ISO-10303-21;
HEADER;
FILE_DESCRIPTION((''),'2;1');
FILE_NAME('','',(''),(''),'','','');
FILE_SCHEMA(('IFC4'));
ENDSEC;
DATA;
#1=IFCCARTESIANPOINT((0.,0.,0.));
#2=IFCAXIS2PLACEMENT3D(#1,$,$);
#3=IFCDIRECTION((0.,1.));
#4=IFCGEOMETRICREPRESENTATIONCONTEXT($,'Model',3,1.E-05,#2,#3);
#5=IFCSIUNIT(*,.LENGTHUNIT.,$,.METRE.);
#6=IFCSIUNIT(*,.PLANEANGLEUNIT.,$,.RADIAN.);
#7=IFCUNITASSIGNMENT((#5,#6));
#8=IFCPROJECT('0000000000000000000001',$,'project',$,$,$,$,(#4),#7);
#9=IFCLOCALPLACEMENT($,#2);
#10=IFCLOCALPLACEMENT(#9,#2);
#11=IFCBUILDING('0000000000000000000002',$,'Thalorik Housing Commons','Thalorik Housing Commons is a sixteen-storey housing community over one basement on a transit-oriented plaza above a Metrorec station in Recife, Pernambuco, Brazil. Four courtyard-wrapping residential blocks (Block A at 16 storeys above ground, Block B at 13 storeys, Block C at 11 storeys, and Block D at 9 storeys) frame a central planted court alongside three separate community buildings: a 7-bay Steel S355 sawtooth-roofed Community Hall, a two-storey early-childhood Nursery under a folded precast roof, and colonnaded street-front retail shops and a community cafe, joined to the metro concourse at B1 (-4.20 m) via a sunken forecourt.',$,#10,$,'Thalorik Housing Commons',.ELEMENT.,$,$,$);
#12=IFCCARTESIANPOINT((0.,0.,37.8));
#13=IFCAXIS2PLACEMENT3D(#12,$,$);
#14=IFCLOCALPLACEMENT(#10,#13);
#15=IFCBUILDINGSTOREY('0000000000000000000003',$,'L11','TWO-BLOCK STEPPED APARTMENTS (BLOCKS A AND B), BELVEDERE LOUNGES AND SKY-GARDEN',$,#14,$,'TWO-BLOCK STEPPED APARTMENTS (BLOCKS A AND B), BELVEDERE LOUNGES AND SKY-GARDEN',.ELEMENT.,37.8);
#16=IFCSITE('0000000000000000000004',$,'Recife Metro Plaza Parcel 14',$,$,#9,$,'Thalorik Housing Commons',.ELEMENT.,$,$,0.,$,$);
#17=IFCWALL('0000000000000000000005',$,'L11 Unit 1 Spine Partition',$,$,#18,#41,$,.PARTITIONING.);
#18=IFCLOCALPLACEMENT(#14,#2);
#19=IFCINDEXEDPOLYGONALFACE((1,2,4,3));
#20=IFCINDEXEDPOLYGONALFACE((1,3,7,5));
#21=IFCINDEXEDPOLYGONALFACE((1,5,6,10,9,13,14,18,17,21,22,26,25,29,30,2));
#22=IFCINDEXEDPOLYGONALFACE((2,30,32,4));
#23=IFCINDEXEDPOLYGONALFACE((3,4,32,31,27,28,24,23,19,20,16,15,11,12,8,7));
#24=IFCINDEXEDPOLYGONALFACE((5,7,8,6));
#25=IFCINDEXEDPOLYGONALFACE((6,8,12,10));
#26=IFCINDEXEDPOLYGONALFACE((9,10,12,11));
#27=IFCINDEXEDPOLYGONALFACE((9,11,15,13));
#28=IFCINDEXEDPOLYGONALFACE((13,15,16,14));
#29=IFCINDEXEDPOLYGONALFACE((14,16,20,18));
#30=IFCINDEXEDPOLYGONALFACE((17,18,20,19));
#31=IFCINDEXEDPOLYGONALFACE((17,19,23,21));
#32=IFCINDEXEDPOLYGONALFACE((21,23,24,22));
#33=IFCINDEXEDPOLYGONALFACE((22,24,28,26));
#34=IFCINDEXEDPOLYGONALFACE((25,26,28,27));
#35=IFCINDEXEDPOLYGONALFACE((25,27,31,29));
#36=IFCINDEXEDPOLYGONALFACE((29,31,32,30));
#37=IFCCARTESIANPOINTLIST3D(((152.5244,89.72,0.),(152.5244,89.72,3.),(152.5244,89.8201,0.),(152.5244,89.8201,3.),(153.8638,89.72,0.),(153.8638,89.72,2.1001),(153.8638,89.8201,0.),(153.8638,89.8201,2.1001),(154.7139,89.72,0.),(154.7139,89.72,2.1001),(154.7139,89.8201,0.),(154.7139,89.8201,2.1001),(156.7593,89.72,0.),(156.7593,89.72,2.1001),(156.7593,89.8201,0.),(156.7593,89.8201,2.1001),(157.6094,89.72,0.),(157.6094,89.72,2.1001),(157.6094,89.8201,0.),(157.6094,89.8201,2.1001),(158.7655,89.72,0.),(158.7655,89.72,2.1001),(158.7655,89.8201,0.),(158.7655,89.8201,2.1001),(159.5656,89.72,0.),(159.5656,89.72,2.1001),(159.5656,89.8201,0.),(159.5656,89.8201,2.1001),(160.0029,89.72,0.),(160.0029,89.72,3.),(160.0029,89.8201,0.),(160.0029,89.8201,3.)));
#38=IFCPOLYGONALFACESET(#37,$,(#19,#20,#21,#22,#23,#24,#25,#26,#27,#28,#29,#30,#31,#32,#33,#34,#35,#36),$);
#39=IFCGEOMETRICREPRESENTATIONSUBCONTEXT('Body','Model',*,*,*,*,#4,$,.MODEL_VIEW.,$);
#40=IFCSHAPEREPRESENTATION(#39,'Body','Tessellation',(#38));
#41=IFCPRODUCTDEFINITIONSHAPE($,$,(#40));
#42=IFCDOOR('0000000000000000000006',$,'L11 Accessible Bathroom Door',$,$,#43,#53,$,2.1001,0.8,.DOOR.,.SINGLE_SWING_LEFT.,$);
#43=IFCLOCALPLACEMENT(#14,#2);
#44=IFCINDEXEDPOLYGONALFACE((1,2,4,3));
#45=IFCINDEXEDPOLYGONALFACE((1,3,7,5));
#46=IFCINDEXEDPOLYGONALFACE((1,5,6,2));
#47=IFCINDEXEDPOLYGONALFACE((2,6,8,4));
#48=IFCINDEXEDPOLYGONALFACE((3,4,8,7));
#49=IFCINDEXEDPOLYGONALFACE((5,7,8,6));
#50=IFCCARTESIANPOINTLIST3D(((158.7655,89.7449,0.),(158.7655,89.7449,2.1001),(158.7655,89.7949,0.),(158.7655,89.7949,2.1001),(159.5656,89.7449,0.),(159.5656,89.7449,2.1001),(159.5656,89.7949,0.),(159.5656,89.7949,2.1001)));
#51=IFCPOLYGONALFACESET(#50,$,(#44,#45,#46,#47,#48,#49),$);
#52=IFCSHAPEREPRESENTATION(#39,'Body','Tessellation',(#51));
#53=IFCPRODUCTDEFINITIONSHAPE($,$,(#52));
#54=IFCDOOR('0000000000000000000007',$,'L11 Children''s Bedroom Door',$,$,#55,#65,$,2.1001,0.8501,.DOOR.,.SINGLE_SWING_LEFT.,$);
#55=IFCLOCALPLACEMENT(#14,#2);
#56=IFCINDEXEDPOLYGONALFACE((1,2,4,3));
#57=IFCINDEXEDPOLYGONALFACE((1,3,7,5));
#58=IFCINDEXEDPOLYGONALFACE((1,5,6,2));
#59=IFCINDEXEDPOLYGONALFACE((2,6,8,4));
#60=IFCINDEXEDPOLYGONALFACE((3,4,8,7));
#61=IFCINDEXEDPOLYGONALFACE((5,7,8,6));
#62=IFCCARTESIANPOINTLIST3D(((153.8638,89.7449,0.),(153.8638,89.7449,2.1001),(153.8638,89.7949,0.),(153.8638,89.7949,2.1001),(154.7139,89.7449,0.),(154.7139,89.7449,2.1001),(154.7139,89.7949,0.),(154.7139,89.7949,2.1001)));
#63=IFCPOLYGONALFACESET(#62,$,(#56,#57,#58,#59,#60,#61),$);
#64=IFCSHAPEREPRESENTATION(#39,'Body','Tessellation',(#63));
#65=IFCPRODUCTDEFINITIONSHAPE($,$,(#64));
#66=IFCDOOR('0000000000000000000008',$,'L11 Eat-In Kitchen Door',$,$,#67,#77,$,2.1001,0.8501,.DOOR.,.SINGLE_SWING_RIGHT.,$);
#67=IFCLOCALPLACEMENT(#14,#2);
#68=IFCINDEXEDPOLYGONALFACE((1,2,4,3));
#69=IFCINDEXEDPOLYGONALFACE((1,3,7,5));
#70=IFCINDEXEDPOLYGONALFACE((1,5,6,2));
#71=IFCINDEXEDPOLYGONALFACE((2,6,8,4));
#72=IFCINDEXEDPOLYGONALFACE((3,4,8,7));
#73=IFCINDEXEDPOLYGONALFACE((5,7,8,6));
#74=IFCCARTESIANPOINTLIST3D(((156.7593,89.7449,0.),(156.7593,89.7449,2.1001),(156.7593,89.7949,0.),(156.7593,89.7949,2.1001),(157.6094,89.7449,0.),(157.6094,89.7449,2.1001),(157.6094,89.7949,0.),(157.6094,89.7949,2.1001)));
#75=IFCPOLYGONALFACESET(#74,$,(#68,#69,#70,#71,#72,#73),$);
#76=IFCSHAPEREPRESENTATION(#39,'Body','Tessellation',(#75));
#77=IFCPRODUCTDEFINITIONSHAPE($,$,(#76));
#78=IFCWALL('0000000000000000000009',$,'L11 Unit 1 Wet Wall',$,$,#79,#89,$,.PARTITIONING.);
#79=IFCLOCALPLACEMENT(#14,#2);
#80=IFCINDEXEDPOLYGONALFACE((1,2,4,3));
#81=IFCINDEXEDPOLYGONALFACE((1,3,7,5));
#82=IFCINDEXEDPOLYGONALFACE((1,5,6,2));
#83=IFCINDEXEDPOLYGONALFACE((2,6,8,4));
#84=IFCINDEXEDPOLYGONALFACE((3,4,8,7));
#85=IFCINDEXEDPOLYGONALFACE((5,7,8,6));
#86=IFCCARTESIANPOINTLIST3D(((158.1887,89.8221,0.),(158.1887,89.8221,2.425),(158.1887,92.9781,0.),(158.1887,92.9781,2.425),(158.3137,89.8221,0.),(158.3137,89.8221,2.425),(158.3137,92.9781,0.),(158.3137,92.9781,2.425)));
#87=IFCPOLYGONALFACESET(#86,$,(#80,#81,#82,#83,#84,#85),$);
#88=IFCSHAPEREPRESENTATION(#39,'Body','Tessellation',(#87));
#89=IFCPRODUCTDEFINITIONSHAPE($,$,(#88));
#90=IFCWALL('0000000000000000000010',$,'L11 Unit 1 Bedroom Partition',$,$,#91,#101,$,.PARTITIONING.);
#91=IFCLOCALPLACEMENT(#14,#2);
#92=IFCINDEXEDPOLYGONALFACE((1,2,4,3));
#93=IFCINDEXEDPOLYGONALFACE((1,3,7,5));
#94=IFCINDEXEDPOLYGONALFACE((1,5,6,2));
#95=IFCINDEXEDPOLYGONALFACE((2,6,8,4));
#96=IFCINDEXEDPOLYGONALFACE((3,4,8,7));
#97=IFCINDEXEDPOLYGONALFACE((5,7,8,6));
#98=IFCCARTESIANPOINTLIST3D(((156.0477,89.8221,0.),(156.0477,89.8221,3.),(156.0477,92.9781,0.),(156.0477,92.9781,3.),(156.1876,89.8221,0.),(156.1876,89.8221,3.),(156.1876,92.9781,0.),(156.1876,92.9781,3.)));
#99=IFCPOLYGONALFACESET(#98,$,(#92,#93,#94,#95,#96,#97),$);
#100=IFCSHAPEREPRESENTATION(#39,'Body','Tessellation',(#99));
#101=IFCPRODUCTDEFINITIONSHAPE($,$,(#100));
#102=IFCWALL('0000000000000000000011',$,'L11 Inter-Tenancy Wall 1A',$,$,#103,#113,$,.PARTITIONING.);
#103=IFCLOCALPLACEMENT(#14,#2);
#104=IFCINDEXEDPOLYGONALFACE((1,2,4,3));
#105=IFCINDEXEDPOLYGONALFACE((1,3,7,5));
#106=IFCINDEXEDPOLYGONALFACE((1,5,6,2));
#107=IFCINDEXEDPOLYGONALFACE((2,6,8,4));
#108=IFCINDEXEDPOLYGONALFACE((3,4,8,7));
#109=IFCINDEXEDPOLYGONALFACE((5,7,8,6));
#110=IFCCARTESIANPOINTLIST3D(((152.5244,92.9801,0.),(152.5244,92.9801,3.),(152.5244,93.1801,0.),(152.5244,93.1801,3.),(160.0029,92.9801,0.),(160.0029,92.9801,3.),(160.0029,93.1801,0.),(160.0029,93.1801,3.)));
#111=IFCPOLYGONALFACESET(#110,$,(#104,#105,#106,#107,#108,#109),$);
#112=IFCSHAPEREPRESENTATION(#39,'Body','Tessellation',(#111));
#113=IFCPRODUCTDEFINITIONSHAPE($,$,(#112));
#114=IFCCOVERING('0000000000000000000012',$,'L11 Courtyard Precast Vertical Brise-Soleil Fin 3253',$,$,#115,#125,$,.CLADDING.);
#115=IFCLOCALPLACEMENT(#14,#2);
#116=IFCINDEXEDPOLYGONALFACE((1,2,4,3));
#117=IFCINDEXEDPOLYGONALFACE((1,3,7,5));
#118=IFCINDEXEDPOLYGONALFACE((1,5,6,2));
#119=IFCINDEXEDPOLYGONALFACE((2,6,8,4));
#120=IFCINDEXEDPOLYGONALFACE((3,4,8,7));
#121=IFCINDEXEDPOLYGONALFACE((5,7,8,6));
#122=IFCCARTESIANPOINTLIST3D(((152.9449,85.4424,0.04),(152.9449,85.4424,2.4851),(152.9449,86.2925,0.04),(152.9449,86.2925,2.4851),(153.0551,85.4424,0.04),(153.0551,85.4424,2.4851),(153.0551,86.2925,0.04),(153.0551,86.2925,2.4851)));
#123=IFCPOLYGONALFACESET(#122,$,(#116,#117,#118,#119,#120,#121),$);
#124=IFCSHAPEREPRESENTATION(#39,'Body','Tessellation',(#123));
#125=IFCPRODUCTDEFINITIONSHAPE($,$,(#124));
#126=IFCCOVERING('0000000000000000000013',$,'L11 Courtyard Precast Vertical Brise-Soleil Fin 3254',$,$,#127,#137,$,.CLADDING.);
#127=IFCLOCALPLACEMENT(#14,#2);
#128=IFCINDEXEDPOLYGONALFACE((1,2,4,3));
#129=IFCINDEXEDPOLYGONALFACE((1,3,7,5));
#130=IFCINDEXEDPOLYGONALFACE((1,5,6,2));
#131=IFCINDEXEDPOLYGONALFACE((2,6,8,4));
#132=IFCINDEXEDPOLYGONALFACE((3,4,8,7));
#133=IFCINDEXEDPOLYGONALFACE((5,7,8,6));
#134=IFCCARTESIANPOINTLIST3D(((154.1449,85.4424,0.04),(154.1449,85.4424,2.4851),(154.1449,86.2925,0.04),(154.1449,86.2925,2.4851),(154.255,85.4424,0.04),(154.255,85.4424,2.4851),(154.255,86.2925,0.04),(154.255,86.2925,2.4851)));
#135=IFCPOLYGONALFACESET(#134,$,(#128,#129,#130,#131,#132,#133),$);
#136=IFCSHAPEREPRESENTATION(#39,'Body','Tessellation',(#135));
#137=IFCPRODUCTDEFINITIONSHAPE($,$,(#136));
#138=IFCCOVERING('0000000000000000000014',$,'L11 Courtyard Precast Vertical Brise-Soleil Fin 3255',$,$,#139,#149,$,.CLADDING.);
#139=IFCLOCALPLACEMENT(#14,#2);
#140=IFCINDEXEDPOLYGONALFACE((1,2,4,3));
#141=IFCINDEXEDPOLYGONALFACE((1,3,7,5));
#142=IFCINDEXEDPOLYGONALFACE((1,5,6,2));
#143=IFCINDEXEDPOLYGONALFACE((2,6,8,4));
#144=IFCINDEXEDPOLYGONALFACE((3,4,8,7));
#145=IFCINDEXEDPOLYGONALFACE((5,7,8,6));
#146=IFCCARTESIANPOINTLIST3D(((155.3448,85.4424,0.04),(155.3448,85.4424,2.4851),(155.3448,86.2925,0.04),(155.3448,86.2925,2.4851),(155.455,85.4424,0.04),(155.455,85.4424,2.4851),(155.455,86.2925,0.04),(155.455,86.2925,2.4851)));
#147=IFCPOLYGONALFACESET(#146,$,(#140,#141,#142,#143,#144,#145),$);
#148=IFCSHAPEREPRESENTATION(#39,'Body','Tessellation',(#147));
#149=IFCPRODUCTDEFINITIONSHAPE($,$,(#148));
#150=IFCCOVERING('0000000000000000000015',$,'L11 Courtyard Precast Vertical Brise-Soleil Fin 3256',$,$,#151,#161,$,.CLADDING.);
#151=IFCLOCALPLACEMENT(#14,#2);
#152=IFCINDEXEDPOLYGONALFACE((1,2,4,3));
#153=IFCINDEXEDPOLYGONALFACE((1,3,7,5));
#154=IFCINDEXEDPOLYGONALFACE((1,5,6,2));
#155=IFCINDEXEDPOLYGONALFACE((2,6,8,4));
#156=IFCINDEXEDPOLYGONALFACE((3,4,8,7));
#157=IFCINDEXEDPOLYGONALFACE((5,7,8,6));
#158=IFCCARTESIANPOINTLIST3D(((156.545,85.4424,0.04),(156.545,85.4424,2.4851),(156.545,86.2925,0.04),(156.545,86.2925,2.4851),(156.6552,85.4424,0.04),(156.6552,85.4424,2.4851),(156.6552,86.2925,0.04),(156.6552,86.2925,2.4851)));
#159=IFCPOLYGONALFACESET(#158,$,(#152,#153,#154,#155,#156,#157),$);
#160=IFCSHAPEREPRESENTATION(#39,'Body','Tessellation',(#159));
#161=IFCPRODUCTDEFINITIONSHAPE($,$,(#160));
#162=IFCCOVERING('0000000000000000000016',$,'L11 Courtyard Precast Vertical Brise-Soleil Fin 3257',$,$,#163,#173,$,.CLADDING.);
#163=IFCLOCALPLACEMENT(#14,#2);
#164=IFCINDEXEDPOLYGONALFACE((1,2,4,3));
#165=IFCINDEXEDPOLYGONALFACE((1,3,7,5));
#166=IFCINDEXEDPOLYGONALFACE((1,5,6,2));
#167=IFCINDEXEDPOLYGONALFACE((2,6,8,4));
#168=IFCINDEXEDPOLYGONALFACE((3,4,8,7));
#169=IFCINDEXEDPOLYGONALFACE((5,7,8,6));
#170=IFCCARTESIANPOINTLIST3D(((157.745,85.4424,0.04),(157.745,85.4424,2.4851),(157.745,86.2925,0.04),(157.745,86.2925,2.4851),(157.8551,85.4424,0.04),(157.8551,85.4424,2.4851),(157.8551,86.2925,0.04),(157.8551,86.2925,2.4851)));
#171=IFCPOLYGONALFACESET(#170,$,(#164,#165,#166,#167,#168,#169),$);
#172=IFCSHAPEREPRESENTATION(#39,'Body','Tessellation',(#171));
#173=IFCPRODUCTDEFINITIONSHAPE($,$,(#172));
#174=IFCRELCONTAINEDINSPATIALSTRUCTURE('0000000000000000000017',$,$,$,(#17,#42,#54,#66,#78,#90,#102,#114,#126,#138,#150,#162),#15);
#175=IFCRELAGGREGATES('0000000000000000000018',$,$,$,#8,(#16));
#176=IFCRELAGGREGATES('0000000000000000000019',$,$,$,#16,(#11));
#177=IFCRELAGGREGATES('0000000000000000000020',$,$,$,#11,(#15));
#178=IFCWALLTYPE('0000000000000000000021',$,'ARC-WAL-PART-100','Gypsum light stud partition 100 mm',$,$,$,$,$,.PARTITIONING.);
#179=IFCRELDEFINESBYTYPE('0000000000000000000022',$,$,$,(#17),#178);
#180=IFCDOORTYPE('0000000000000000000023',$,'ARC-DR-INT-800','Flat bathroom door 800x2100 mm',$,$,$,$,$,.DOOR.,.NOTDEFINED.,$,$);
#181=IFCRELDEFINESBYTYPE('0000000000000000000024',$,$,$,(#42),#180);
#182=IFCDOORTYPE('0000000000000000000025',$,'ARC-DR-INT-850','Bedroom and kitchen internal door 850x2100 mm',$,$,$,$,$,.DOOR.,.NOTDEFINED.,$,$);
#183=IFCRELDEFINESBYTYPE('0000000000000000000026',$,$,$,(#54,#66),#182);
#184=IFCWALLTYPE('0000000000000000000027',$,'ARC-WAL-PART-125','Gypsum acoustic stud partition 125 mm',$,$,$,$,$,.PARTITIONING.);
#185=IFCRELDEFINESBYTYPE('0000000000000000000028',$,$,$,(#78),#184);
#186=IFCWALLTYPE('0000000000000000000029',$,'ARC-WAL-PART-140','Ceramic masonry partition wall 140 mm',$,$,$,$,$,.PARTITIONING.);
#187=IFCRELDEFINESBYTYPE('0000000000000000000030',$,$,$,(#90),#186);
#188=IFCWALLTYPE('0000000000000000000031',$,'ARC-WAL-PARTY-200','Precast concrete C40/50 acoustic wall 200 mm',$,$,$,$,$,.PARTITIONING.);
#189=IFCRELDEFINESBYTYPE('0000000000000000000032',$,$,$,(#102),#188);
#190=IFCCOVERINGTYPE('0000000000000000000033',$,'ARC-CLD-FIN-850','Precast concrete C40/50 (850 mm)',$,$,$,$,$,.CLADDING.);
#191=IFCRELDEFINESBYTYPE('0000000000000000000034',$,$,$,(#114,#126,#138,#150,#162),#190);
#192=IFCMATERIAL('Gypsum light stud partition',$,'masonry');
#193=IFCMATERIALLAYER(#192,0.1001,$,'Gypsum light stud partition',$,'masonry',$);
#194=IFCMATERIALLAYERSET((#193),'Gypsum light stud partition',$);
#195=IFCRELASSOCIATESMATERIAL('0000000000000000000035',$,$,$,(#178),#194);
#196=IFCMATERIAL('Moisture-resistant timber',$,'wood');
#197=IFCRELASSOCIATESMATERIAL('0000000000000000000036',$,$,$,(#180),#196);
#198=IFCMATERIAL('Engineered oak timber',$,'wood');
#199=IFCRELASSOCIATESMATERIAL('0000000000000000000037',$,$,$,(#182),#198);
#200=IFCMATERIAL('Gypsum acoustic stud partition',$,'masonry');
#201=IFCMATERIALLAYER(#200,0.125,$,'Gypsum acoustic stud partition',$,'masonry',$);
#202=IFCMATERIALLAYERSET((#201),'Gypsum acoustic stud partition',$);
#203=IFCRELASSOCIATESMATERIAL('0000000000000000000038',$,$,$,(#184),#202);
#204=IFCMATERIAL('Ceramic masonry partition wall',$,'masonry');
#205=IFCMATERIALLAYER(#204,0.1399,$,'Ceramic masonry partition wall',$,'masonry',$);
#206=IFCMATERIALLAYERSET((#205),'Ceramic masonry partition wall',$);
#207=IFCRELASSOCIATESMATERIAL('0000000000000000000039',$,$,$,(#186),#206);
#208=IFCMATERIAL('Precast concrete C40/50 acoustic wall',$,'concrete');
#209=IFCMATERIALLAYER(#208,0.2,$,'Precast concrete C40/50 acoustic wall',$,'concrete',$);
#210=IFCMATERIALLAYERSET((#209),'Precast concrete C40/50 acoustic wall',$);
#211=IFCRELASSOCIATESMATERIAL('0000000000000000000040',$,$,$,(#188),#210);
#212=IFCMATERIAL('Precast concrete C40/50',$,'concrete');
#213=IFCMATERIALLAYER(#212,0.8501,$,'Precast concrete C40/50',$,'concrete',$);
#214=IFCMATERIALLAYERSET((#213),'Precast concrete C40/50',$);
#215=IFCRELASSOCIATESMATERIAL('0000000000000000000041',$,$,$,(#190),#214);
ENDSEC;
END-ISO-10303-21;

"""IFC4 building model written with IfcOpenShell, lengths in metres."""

from ifc_helpers import new_model, si_unit, direction, frame, frame_2d, origin, origin_2d, place, context, subcontext, project, spatial, rectangle, extrude, material, layer, layer_set, type_object, element, fill, save


model = new_model("IFC4")

# Units and contexts
model_context = context("Model", 3, precision=1e-05, world=origin(), true_north=direction((0.0, 1.0)))
body_context = subcontext(model_context, "Body", "Model", "MODEL_VIEW")
ifc_project = project(units=[si_unit("LENGTHUNIT", "METRE"), si_unit("PLANEANGLEUNIT", "RADIAN")], contexts=[model_context])

# Site, building, storey
site_placement = place(None, origin())
site = spatial("IfcSite", under=ifc_project, at=site_placement, Name="Recife Metro Plaza Parcel 14", LongName="Thalorik Housing Commons", CompositionType="ELEMENT", RefElevation=0.0)
building_placement = place(site_placement, origin())
building = spatial("IfcBuilding", under=site, at=building_placement, Name="Thalorik Housing Commons", Description="Thalorik Housing Commons is a sixteen-storey housing community over one basement on a transit-oriented plaza above a Metrorec station in Recife, Pernambuco, Brazil. Four courtyard-wrapping residential blocks (Block A at 16 storeys above ground, Block B at 13 storeys, Block C at 11 storeys, and Block D at 9 storeys) frame a central planted court alongside three separate community buildings: a 7-bay Steel S355 sawtooth-roofed Community Hall, a two-storey early-childhood Nursery under a folded precast roof, and colonnaded street-front retail shops and a community cafe, joined to the metro concourse at B1 (-4.20 m) via a sunken forecourt.", LongName="Thalorik Housing Commons", CompositionType="ELEMENT")
storey_placement = place(building_placement, frame((0.0, 0.0, 37.8)))
storey = spatial("IfcBuildingStorey", under=building, at=storey_placement, Name="L11", Description="TWO-BLOCK STEPPED APARTMENTS (BLOCKS A AND B), BELVEDERE LOUNGES AND SKY-GARDEN", LongName="TWO-BLOCK STEPPED APARTMENTS (BLOCKS A AND B), BELVEDERE LOUNGES AND SKY-GARDEN", CompositionType="ELEMENT", Elevation=37.8)

# Shared definitions
ifc_material_1 = material(Name="Precast concrete C40/50", Category="concrete")

# Wall, openings, doors
ifc_material_2 = material(Name="Gypsum light stud partition", Category="masonry")
ifc_layer_1 = layer(ifc_material_2, 0.1001, Name="Gypsum light stud partition", Category="masonry")
ifc_layer_set_1 = layer_set([ifc_layer_1], Name="Gypsum light stud partition")
wall_type_1 = type_object("IfcWallType", Name="ARC-WAL-PART-100", Description="Gypsum light stud partition 100 mm", PredefinedType="PARTITIONING", material=ifc_layer_set_1)
wall_1_placement = place(storey_placement, frame((152.5244, 89.77, 0.0), z_axis=(0.0, 0.0, 1.0), x_axis=(1.0, 0.0, 0.0)))
wall_1 = element("IfcWall", 1, at=wall_1_placement, inside=storey, type_object=wall_type_1, Name="L11 Unit 1 Spine Partition", PredefinedType="PARTITIONING", context=body_context, shape_type="SweptSolid", body=[
    extrude(rectangle(XDim=7.4785, YDim=0.1001, at=frame_2d((3.7393, 0.0))), origin(), (0.0, 0.0, 1.0), 3.0),
])
opening_1_placement = place(wall_1_placement, frame((1.3394, 0.0, 0.0)))
opening_1 = element("IfcOpeningElement", 2, at=opening_1_placement, cuts=wall_1, PredefinedType="OPENING", context=body_context, shape_type="SweptSolid", body=[
    extrude(rectangle(XDim=0.8501, YDim=2.1001, at=frame_2d((0.425, 1.05))), frame((0.0, 0.0601, 0.0), z_axis=(0.0, -1.0, 0.0), x_axis=(1.0, 0.0, 0.0)), (0.0, 0.0, 1.0), 0.1201),
])
opening_2_placement = place(wall_1_placement, frame((4.2349, 0.0, 0.0)))
opening_2 = element("IfcOpeningElement", 3, at=opening_2_placement, cuts=wall_1, PredefinedType="OPENING", context=body_context, shape_type="SweptSolid", body=[
    extrude(rectangle(XDim=0.8501, YDim=2.1001, at=frame_2d((0.425, 1.05))), frame((0.0, 0.0601, 0.0), z_axis=(0.0, -1.0, 0.0), x_axis=(1.0, 0.0, 0.0)), (0.0, 0.0, 1.0), 0.1201),
])
opening_3_placement = place(wall_1_placement, frame((6.2412, 0.0, 0.0)))
opening_3 = element("IfcOpeningElement", 4, at=opening_3_placement, cuts=wall_1, PredefinedType="OPENING", context=body_context, shape_type="SweptSolid", body=[
    extrude(rectangle(XDim=0.8, YDim=2.1001, at=frame_2d((0.3999, 1.05))), frame((0.0, 0.0601, 0.0), z_axis=(0.0, -1.0, 0.0), x_axis=(1.0, 0.0, 0.0)), (0.0, 0.0, 1.0), 0.1201),
])
ifc_material_3 = material(Name="Moisture-resistant timber", Category="wood")
door_type_1 = type_object("IfcDoorType", Name="ARC-DR-INT-800", Description="Flat bathroom door 800x2100 mm", OperationType="NOTDEFINED", PredefinedType="DOOR", material=ifc_material_3)
door_1_placement = place(opening_3_placement, origin())
door_1 = element("IfcDoor", 5, at=door_1_placement, inside=storey, type_object=door_type_1, Name="L11 Accessible Bathroom Door", OperationType="SINGLE_SWING_LEFT", OverallHeight=2.1001, OverallWidth=0.8, PredefinedType="DOOR", context=body_context, shape_type="SweptSolid", body=[
    extrude(rectangle(XDim=0.8, YDim=2.1001, at=frame_2d((0.3999, 1.05))), frame((0.0, 0.0249, 0.0), z_axis=(0.0, -1.0, 0.0), x_axis=(1.0, 0.0, 0.0)), (0.0, 0.0, 1.0), 0.05),
])
fill(opening_3, door_1)
ifc_material_4 = material(Name="Engineered oak timber", Category="wood")
door_type_2 = type_object("IfcDoorType", Name="ARC-DR-INT-850", Description="Bedroom and kitchen internal door 850x2100 mm", OperationType="NOTDEFINED", PredefinedType="DOOR", material=ifc_material_4)
door_2_placement = place(opening_1_placement, origin())
door_2 = element("IfcDoor", 6, at=door_2_placement, inside=storey, type_object=door_type_2, Name="L11 Children's Bedroom Door", OperationType="SINGLE_SWING_LEFT", OverallHeight=2.1001, OverallWidth=0.8501, PredefinedType="DOOR", context=body_context, shape_type="SweptSolid", body=[
    extrude(rectangle(XDim=0.8501, YDim=2.1001, at=frame_2d((0.425, 1.05))), frame((0.0, 0.0249, 0.0), z_axis=(0.0, -1.0, 0.0), x_axis=(1.0, 0.0, 0.0)), (0.0, 0.0, 1.0), 0.05),
])
fill(opening_1, door_2)
door_3_placement = place(opening_2_placement, origin())
door_3 = element("IfcDoor", 7, at=door_3_placement, inside=storey, type_object=door_type_2, Name="L11 Eat-In Kitchen Door", OperationType="SINGLE_SWING_RIGHT", OverallHeight=2.1001, OverallWidth=0.8501, PredefinedType="DOOR", context=body_context, shape_type="SweptSolid", body=[
    extrude(rectangle(XDim=0.8501, YDim=2.1001, at=frame_2d((0.425, 1.05))), frame((0.0, 0.0249, 0.0), z_axis=(0.0, -1.0, 0.0), x_axis=(1.0, 0.0, 0.0)), (0.0, 0.0, 1.0), 0.05),
])
fill(opening_2, door_3)

# Walls
ifc_material_5 = material(Name="Gypsum acoustic stud partition", Category="masonry")
ifc_layer_2 = layer(ifc_material_5, 0.125, Name="Gypsum acoustic stud partition", Category="masonry")
ifc_layer_set_2 = layer_set([ifc_layer_2], Name="Gypsum acoustic stud partition")
wall_type_2 = type_object("IfcWallType", Name="ARC-WAL-PART-125", Description="Gypsum acoustic stud partition 125 mm", PredefinedType="PARTITIONING", material=ifc_layer_set_2)
wall_2_placement = place(storey_placement, frame((158.2512, 89.822, 0.0), z_axis=(0.0, 0.0, 1.0), x_axis=(0.0, 1.0, 0.0)))
element("IfcWall", 8, at=wall_2_placement, inside=storey, type_object=wall_type_2, Name="L11 Unit 1 Wet Wall", PredefinedType="PARTITIONING", context=body_context, shape_type="SweptSolid", body=[
    extrude(rectangle(XDim=3.156, YDim=0.125, at=frame_2d((1.5781, 0.0))), origin(), (0.0, 0.0, 1.0), 2.425),
])
ifc_material_6 = material(Name="Ceramic masonry partition wall", Category="masonry")
ifc_layer_3 = layer(ifc_material_6, 0.1399, Name="Ceramic masonry partition wall", Category="masonry")
ifc_layer_set_3 = layer_set([ifc_layer_3], Name="Ceramic masonry partition wall")
wall_type_3 = type_object("IfcWallType", Name="ARC-WAL-PART-140", Description="Ceramic masonry partition wall 140 mm", PredefinedType="PARTITIONING", material=ifc_layer_set_3)
wall_3_placement = place(storey_placement, frame((156.1177, 89.822, 0.0), z_axis=(0.0, 0.0, 1.0), x_axis=(0.0, 1.0, 0.0)))
element("IfcWall", 9, at=wall_3_placement, inside=storey, type_object=wall_type_3, Name="L11 Unit 1 Bedroom Partition", PredefinedType="PARTITIONING", context=body_context, shape_type="SweptSolid", body=[
    extrude(rectangle(XDim=3.156, YDim=0.1399, at=frame_2d((1.5781, 0.0))), origin(), (0.0, 0.0, 1.0), 3.0),
])
ifc_material_7 = material(Name="Precast concrete C40/50 acoustic wall", Category="concrete")
ifc_layer_4 = layer(ifc_material_7, 0.2, Name="Precast concrete C40/50 acoustic wall", Category="concrete")
ifc_layer_set_4 = layer_set([ifc_layer_4], Name="Precast concrete C40/50 acoustic wall")
wall_type_4 = type_object("IfcWallType", Name="ARC-WAL-PARTY-200", Description="Precast concrete C40/50 acoustic wall 200 mm", PredefinedType="PARTITIONING", material=ifc_layer_set_4)
wall_4_placement = place(storey_placement, frame((152.5244, 93.0801, 0.0), z_axis=(0.0, 0.0, 1.0), x_axis=(1.0, 0.0, 0.0)))
element("IfcWall", 10, at=wall_4_placement, inside=storey, type_object=wall_type_4, Name="L11 Inter-Tenancy Wall 1A", PredefinedType="PARTITIONING", context=body_context, shape_type="SweptSolid", body=[
    extrude(rectangle(XDim=7.4785, YDim=0.2, at=frame_2d((3.7393, 0.0))), origin(), (0.0, 0.0, 1.0), 3.0),
])

# Coverings
ifc_layer_5 = layer(ifc_material_1, 0.8501, Name="Precast concrete C40/50", Category="concrete")
ifc_layer_set_5 = layer_set([ifc_layer_5], Name="Precast concrete C40/50")
covering_type_1 = type_object("IfcCoveringType", Name="ARC-CLD-FIN-850", Description="Precast concrete C40/50 (850 mm)", PredefinedType="CLADDING", material=ifc_layer_set_5)
for number, where, z_axis, x_axis, name in (
    (11, (153.0, 85.8674, 0.04), (0.0, 0.0, 1.0), (1.0, 0.0, 0.0), "L11 Courtyard Precast Vertical Brise-Soleil Fin 3253"),
    (12, (154.2, 85.8674, 0.04), (0.0, 0.0, 1.0), (1.0, 0.0, 0.0), "L11 Courtyard Precast Vertical Brise-Soleil Fin 3254"),
    (13, (155.3999, 85.8674, 0.04), (0.0, 0.0, 1.0), (1.0, 0.0, 0.0), "L11 Courtyard Precast Vertical Brise-Soleil Fin 3255"),
    (14, (156.6001, 85.8674, 0.04), (0.0, 0.0, 1.0), (1.0, 0.0, 0.0), "L11 Courtyard Precast Vertical Brise-Soleil Fin 3256"),
    (15, (157.8, 85.8674, 0.04), (0.0, 0.0, 1.0), (1.0, 0.0, 0.0), "L11 Courtyard Precast Vertical Brise-Soleil Fin 3257"),
):
    element("IfcCovering", number, at=place(storey_placement, frame(where, z_axis=z_axis, x_axis=x_axis)), inside=storey, type_object=covering_type_1, Name=name, PredefinedType="CLADDING", context=body_context, shape_type="SweptSolid", body=[
        extrude(rectangle(XDim=0.1101, YDim=0.8501, at=origin_2d()), origin(), (0.0, 0.0, 1.0), 2.4451),
    ])

save(model, "model.ifc")
